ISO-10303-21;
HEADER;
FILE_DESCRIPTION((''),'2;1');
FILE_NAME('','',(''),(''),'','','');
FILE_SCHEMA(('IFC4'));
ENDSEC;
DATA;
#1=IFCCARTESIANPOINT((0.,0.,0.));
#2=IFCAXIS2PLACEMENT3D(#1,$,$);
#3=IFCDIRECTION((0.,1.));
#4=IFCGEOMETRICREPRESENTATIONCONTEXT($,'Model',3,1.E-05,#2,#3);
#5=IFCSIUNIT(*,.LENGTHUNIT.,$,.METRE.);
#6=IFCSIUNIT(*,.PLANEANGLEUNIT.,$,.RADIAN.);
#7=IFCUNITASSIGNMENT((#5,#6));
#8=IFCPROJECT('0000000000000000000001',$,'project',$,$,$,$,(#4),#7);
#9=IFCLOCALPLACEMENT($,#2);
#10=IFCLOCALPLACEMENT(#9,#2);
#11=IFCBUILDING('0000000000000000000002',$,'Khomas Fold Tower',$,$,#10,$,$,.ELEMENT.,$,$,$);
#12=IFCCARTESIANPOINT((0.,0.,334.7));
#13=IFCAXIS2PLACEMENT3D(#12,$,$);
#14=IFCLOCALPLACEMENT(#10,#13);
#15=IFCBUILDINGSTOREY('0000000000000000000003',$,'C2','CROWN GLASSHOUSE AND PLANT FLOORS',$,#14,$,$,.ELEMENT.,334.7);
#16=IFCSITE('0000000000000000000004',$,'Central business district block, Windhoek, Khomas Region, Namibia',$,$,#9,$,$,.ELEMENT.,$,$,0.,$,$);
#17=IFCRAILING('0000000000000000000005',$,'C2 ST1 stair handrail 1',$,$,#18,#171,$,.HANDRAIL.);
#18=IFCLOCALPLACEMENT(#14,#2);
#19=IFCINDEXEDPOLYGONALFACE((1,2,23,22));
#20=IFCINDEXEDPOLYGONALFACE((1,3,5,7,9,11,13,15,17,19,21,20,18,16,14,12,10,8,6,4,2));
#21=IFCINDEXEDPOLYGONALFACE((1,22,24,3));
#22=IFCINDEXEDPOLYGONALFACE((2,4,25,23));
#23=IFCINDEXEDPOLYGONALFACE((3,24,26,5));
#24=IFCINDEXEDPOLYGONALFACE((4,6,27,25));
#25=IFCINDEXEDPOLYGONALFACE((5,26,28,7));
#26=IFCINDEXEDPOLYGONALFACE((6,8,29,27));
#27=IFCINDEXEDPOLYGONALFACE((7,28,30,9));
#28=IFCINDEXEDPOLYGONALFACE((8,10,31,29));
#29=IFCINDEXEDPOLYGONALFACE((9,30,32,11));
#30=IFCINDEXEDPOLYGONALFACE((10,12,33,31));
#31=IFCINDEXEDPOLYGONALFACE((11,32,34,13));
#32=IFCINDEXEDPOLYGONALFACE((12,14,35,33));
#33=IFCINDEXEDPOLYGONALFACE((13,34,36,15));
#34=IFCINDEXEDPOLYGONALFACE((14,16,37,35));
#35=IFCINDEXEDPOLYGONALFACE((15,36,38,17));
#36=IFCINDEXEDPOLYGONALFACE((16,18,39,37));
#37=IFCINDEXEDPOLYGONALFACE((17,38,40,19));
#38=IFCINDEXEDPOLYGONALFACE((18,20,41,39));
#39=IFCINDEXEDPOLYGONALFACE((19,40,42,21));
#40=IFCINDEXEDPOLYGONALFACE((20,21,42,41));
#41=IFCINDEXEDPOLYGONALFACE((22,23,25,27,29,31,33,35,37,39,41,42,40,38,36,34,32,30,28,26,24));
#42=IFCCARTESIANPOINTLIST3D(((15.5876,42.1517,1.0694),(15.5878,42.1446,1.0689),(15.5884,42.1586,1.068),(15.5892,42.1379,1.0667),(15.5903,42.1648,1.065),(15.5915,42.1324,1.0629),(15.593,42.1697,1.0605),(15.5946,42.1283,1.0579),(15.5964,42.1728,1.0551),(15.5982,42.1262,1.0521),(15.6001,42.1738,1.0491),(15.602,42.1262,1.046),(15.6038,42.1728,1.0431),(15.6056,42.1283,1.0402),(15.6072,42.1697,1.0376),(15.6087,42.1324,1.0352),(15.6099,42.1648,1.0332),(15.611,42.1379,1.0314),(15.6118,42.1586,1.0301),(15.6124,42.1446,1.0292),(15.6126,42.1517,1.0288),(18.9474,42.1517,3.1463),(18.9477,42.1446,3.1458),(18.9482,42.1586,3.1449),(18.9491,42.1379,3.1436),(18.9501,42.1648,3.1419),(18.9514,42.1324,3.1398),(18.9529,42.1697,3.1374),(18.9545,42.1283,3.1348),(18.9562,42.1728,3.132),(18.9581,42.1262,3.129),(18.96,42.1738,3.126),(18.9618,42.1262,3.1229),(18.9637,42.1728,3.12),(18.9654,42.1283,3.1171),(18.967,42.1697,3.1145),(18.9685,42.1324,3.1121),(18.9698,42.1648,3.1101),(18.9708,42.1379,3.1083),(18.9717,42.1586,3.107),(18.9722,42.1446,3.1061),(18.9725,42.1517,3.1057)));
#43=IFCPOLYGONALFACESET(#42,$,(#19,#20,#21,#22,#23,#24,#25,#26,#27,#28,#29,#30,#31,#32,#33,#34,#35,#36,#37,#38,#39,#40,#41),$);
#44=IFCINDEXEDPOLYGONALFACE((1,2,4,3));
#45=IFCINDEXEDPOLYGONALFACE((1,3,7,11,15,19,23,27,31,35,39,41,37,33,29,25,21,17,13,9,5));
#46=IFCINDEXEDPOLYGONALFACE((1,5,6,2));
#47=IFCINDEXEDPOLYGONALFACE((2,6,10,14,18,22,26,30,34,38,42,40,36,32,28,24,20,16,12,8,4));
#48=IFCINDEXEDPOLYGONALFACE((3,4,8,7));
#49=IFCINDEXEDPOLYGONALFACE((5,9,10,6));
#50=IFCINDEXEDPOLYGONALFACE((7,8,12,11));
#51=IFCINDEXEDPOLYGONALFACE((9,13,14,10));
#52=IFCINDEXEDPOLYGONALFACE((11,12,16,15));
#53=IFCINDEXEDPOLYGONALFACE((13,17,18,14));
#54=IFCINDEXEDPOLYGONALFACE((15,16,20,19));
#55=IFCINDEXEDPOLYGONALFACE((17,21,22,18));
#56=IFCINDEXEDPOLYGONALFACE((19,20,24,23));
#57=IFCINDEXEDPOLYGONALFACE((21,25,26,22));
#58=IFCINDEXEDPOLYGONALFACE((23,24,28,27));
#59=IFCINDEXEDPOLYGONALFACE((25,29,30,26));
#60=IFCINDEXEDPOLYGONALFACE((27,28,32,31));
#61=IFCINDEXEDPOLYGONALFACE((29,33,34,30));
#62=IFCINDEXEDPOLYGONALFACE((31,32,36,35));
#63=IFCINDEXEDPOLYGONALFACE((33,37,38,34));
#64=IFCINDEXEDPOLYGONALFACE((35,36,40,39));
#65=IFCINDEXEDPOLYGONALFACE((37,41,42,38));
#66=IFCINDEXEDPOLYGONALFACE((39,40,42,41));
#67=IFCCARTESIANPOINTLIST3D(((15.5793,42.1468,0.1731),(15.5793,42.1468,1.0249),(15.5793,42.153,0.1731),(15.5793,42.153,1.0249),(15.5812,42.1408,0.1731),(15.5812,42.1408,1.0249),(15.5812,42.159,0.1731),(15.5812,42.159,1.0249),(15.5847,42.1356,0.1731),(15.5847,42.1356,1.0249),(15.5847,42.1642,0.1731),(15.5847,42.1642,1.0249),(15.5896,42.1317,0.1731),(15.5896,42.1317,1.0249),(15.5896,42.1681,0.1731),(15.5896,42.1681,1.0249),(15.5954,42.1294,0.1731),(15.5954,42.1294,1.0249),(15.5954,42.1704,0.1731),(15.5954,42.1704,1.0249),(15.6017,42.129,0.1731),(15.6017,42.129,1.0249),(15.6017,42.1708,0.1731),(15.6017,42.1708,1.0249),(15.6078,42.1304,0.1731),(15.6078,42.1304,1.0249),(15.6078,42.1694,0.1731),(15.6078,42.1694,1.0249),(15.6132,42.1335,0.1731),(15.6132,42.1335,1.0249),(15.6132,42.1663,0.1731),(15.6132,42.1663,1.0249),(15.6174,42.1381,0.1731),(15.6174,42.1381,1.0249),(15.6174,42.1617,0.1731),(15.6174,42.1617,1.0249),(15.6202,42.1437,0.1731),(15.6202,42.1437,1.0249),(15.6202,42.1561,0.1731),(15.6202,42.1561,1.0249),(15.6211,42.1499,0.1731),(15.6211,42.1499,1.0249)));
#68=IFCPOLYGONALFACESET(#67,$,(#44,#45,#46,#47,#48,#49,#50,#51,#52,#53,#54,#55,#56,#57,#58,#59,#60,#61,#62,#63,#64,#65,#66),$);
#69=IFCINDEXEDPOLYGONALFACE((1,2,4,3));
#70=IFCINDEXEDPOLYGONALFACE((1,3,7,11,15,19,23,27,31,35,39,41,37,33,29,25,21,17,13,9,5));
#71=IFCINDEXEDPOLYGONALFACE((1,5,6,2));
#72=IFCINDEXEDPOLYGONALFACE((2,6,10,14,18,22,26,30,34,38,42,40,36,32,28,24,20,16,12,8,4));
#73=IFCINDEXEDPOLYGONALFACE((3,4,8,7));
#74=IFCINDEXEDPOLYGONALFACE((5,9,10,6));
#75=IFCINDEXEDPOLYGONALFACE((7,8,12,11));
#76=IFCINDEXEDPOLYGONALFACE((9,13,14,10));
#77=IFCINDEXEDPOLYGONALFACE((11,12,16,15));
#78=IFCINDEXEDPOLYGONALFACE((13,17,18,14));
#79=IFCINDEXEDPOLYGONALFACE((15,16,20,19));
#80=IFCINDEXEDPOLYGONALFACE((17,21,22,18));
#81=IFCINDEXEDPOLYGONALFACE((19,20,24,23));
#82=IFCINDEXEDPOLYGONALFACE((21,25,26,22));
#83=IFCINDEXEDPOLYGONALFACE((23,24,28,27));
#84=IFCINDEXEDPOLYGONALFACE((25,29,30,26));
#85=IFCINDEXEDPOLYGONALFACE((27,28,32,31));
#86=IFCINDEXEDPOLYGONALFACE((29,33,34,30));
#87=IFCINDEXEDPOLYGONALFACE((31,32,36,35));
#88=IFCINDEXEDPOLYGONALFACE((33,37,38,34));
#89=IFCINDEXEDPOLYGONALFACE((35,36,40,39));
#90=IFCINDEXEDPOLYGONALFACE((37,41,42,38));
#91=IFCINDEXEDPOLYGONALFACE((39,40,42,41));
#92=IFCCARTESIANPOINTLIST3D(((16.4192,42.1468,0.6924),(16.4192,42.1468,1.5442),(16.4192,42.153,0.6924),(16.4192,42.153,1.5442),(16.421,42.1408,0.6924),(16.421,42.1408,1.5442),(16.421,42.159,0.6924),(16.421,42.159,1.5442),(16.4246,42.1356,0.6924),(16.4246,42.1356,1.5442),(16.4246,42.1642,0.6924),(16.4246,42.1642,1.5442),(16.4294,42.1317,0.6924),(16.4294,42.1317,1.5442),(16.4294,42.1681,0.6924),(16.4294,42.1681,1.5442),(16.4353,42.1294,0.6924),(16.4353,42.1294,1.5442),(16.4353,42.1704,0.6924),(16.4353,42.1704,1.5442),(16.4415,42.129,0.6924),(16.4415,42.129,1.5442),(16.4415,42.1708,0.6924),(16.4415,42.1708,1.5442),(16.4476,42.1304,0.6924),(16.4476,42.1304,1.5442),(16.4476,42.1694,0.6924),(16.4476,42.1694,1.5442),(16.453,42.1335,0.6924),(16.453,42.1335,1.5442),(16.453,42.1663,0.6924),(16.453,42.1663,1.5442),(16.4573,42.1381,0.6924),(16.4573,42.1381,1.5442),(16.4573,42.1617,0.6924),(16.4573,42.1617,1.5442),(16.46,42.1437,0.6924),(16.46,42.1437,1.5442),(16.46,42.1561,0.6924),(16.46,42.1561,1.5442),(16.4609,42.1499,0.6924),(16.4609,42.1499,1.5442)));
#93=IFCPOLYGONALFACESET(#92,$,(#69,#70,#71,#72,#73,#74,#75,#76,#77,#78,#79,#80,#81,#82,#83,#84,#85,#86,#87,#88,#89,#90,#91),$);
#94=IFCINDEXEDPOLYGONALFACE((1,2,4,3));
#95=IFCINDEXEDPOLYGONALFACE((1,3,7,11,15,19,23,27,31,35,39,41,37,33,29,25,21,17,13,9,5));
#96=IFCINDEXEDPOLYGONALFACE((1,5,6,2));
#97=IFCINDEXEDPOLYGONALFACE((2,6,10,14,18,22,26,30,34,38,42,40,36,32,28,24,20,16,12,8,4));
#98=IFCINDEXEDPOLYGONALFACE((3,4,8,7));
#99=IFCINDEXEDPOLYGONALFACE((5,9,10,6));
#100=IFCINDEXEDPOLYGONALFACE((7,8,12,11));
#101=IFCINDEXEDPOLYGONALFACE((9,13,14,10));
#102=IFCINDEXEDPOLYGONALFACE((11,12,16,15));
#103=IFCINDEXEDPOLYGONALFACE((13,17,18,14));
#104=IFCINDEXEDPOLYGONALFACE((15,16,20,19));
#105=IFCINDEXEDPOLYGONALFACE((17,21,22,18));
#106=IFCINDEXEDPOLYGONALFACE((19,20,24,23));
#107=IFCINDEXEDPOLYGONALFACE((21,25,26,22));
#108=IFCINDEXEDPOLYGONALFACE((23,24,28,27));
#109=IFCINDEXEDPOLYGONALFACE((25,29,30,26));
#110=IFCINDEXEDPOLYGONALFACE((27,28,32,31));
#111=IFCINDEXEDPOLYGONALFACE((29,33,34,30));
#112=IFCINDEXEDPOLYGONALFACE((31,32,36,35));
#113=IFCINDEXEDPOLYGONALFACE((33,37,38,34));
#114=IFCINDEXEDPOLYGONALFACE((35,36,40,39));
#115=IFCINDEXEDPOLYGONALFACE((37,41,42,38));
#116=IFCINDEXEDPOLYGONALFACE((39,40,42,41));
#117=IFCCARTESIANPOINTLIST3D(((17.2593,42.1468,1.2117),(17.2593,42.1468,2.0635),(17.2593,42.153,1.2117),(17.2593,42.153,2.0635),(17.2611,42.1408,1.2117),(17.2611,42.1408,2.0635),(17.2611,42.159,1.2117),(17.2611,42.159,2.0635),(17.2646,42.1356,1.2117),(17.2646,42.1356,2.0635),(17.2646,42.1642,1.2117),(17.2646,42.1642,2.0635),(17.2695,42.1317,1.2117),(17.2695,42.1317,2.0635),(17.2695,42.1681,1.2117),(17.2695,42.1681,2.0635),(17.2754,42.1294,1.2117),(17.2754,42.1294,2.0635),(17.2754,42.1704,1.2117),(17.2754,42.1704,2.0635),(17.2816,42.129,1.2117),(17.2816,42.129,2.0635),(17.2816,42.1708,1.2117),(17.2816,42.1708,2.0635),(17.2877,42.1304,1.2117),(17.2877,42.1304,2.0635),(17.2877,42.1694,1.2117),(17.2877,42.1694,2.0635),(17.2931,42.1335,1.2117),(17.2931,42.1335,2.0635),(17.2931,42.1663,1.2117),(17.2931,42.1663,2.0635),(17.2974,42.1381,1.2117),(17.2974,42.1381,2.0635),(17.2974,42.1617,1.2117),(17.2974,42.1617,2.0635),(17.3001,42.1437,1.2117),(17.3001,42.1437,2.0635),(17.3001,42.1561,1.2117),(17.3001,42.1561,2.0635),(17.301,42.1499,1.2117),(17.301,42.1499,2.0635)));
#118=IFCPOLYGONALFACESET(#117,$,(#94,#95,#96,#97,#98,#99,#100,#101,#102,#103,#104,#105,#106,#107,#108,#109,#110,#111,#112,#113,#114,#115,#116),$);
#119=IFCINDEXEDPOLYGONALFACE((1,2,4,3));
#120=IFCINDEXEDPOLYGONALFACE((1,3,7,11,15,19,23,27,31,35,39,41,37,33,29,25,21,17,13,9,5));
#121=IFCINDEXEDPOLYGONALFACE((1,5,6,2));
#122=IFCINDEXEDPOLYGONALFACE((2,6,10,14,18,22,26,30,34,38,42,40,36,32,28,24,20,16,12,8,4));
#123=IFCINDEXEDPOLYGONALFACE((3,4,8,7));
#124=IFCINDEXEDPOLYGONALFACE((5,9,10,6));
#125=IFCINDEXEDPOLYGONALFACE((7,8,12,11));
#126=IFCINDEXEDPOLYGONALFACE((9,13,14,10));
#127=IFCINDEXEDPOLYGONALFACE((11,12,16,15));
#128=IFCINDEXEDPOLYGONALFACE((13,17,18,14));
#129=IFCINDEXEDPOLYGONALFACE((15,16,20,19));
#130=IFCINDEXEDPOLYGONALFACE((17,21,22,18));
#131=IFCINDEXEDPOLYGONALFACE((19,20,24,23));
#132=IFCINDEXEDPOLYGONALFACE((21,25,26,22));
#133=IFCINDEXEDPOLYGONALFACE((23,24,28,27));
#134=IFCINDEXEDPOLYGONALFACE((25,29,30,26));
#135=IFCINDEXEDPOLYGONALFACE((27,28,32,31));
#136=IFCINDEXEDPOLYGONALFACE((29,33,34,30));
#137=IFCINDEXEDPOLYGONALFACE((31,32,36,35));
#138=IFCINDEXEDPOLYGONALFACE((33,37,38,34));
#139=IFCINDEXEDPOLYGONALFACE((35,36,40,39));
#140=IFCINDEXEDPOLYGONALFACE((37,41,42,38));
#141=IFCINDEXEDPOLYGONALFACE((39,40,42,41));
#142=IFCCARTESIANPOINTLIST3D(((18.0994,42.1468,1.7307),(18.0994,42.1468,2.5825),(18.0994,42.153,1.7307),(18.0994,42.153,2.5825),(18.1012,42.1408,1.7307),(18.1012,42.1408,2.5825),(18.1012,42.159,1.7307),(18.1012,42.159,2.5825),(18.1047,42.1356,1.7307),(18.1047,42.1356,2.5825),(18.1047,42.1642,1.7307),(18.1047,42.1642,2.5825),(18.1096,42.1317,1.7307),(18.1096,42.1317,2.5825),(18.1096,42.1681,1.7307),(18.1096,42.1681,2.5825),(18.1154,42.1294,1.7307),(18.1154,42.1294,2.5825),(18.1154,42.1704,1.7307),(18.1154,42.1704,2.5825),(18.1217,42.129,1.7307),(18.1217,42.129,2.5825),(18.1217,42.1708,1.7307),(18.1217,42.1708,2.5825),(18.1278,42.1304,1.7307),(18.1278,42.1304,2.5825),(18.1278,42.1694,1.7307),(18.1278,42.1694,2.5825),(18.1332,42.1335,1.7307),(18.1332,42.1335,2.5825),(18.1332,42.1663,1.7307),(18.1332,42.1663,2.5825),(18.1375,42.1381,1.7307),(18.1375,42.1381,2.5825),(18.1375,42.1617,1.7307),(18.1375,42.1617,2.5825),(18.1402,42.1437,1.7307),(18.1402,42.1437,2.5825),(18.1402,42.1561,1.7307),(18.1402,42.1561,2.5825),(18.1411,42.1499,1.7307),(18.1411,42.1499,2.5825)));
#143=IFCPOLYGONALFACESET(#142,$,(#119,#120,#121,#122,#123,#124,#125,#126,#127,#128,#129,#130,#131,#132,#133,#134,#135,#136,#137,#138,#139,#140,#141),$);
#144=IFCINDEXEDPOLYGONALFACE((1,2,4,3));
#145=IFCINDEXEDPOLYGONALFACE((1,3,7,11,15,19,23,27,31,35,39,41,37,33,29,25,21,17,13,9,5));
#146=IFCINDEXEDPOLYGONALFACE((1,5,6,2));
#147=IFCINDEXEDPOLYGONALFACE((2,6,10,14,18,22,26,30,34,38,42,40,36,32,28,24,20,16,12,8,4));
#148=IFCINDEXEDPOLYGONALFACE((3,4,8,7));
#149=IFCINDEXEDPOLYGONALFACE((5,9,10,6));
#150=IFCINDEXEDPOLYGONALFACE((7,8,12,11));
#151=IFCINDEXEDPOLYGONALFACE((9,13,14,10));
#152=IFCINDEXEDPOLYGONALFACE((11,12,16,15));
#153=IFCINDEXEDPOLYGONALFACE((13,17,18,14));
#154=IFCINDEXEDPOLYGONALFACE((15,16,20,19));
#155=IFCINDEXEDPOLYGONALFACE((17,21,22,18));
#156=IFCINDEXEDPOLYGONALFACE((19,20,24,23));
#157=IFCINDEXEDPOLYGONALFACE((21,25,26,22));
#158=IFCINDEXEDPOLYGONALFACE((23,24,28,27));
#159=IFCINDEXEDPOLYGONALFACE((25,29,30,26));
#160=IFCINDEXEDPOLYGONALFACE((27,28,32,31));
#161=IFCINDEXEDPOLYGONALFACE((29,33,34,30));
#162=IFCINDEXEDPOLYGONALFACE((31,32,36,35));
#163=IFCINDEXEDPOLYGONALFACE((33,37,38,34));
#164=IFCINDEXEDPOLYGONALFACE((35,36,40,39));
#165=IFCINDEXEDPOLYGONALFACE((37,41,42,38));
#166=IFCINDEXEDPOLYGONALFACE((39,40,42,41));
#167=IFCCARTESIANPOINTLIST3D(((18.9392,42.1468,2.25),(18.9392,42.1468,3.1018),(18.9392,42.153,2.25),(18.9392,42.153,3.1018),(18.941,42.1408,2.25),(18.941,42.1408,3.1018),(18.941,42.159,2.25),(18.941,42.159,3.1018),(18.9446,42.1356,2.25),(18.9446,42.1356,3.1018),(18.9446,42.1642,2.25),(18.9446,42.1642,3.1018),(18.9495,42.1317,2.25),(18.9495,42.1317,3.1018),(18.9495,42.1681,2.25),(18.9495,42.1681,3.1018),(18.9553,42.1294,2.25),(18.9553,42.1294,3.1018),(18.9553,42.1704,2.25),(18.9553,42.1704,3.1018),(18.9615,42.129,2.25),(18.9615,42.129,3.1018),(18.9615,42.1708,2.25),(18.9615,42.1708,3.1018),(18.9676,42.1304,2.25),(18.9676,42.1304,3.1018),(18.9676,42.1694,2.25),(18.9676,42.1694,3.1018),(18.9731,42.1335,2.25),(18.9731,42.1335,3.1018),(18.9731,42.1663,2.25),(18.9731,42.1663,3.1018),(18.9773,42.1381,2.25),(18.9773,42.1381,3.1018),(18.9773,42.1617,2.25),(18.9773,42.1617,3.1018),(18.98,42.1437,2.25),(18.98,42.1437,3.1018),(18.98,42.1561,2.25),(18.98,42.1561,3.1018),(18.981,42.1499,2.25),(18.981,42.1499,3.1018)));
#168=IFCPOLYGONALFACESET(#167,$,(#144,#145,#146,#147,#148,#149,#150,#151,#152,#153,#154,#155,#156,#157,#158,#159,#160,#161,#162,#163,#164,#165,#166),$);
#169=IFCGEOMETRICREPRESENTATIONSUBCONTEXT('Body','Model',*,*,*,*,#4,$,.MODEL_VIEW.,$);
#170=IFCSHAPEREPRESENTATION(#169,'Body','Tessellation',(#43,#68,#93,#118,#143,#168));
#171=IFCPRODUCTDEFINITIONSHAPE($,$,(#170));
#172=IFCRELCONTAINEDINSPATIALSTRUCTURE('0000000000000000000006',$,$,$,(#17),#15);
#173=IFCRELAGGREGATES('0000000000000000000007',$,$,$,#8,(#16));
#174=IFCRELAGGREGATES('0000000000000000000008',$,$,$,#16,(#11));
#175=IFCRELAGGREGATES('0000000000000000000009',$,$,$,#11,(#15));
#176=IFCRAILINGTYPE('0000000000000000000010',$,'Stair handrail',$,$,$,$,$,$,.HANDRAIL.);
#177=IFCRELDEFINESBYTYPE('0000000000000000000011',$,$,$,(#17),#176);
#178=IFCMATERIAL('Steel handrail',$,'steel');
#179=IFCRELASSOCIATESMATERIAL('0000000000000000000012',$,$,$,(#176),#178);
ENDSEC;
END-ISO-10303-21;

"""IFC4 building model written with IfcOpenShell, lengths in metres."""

from ifc_helpers import new_model, si_unit, direction, frame, origin, origin_2d, place, context, subcontext, project, spatial, circle, extrude, source, transform, mapped, material, type_object, element, save


model = new_model("IFC4")

# Units and contexts
model_context = context("Model", 3, precision=1e-05, world=origin(), true_north=direction((0.0, 1.0)))
body_context = subcontext(model_context, "Body", "Model", "MODEL_VIEW")
ifc_project = project(units=[si_unit("LENGTHUNIT", "METRE"), si_unit("PLANEANGLEUNIT", "RADIAN")], contexts=[model_context])

# Site, building, storey
site_placement = place(None, origin())
site = spatial("IfcSite", under=ifc_project, at=site_placement, Name="Central business district block, Windhoek, Khomas Region, Namibia", CompositionType="ELEMENT", RefElevation=0.0)
building_placement = place(site_placement, origin())
building = spatial("IfcBuilding", under=site, at=building_placement, Name="Khomas Fold Tower", CompositionType="ELEMENT")
storey_placement = place(building_placement, frame((0.0, 0.0, 334.7)))
storey = spatial("IfcBuildingStorey", under=building, at=storey_placement, Name="C2", Description="CROWN GLASSHOUSE AND PLANT FLOORS", CompositionType="ELEMENT", Elevation=334.7)

# Railing
ifc_material_1 = material(Name="Steel handrail", Category="steel")
railing_type_1 = type_object("IfcRailingType", Name="Stair handrail", PredefinedType="HANDRAIL", material=ifc_material_1)
shared_shape_1 = source(origin(), body_context, "Body", "SweptSolid", [
    extrude(circle(Radius=0.0239, at=origin_2d()), frame((0.0, 0.0, 0.876), z_axis=(0.850606, 0.0, 0.525803), x_axis=(0.0, 1.0, 0.0)), (0.0, 0.0, 1.0), 3.95),
    extrude(circle(Radius=0.021, at=origin_2d()), origin(), (0.0, 0.0, 1.0), 0.8518),
    extrude(circle(Radius=0.021, at=origin_2d()), frame((0.8398, 0.0, 0.5193)), (0.0, 0.0, 1.0), 0.8518),
    extrude(circle(Radius=0.021, at=origin_2d()), frame((1.6799, 0.0, 1.0386)), (0.0, 0.0, 1.0), 0.8518),
    extrude(circle(Radius=0.021, at=origin_2d()), frame((2.52, 0.0, 1.5576)), (0.0, 0.0, 1.0), 0.8518),
    extrude(circle(Radius=0.021, at=origin_2d()), frame((3.3599, 0.0, 2.0769)), (0.0, 0.0, 1.0), 0.8518),
])
railing_1_placement = place(storey_placement, frame((15.6001, 42.1499, 0.1731)))
element("IfcRailing", 1, at=railing_1_placement, inside=storey, type_object=railing_type_1, Name="C2 ST1 stair handrail 1", PredefinedType="HANDRAIL", context=body_context, shape_type="MappedRepresentation", body=[
    mapped(shared_shape_1, transform((0.0, 0.0, 0.0))),
])

save(model, "model.ifc")
